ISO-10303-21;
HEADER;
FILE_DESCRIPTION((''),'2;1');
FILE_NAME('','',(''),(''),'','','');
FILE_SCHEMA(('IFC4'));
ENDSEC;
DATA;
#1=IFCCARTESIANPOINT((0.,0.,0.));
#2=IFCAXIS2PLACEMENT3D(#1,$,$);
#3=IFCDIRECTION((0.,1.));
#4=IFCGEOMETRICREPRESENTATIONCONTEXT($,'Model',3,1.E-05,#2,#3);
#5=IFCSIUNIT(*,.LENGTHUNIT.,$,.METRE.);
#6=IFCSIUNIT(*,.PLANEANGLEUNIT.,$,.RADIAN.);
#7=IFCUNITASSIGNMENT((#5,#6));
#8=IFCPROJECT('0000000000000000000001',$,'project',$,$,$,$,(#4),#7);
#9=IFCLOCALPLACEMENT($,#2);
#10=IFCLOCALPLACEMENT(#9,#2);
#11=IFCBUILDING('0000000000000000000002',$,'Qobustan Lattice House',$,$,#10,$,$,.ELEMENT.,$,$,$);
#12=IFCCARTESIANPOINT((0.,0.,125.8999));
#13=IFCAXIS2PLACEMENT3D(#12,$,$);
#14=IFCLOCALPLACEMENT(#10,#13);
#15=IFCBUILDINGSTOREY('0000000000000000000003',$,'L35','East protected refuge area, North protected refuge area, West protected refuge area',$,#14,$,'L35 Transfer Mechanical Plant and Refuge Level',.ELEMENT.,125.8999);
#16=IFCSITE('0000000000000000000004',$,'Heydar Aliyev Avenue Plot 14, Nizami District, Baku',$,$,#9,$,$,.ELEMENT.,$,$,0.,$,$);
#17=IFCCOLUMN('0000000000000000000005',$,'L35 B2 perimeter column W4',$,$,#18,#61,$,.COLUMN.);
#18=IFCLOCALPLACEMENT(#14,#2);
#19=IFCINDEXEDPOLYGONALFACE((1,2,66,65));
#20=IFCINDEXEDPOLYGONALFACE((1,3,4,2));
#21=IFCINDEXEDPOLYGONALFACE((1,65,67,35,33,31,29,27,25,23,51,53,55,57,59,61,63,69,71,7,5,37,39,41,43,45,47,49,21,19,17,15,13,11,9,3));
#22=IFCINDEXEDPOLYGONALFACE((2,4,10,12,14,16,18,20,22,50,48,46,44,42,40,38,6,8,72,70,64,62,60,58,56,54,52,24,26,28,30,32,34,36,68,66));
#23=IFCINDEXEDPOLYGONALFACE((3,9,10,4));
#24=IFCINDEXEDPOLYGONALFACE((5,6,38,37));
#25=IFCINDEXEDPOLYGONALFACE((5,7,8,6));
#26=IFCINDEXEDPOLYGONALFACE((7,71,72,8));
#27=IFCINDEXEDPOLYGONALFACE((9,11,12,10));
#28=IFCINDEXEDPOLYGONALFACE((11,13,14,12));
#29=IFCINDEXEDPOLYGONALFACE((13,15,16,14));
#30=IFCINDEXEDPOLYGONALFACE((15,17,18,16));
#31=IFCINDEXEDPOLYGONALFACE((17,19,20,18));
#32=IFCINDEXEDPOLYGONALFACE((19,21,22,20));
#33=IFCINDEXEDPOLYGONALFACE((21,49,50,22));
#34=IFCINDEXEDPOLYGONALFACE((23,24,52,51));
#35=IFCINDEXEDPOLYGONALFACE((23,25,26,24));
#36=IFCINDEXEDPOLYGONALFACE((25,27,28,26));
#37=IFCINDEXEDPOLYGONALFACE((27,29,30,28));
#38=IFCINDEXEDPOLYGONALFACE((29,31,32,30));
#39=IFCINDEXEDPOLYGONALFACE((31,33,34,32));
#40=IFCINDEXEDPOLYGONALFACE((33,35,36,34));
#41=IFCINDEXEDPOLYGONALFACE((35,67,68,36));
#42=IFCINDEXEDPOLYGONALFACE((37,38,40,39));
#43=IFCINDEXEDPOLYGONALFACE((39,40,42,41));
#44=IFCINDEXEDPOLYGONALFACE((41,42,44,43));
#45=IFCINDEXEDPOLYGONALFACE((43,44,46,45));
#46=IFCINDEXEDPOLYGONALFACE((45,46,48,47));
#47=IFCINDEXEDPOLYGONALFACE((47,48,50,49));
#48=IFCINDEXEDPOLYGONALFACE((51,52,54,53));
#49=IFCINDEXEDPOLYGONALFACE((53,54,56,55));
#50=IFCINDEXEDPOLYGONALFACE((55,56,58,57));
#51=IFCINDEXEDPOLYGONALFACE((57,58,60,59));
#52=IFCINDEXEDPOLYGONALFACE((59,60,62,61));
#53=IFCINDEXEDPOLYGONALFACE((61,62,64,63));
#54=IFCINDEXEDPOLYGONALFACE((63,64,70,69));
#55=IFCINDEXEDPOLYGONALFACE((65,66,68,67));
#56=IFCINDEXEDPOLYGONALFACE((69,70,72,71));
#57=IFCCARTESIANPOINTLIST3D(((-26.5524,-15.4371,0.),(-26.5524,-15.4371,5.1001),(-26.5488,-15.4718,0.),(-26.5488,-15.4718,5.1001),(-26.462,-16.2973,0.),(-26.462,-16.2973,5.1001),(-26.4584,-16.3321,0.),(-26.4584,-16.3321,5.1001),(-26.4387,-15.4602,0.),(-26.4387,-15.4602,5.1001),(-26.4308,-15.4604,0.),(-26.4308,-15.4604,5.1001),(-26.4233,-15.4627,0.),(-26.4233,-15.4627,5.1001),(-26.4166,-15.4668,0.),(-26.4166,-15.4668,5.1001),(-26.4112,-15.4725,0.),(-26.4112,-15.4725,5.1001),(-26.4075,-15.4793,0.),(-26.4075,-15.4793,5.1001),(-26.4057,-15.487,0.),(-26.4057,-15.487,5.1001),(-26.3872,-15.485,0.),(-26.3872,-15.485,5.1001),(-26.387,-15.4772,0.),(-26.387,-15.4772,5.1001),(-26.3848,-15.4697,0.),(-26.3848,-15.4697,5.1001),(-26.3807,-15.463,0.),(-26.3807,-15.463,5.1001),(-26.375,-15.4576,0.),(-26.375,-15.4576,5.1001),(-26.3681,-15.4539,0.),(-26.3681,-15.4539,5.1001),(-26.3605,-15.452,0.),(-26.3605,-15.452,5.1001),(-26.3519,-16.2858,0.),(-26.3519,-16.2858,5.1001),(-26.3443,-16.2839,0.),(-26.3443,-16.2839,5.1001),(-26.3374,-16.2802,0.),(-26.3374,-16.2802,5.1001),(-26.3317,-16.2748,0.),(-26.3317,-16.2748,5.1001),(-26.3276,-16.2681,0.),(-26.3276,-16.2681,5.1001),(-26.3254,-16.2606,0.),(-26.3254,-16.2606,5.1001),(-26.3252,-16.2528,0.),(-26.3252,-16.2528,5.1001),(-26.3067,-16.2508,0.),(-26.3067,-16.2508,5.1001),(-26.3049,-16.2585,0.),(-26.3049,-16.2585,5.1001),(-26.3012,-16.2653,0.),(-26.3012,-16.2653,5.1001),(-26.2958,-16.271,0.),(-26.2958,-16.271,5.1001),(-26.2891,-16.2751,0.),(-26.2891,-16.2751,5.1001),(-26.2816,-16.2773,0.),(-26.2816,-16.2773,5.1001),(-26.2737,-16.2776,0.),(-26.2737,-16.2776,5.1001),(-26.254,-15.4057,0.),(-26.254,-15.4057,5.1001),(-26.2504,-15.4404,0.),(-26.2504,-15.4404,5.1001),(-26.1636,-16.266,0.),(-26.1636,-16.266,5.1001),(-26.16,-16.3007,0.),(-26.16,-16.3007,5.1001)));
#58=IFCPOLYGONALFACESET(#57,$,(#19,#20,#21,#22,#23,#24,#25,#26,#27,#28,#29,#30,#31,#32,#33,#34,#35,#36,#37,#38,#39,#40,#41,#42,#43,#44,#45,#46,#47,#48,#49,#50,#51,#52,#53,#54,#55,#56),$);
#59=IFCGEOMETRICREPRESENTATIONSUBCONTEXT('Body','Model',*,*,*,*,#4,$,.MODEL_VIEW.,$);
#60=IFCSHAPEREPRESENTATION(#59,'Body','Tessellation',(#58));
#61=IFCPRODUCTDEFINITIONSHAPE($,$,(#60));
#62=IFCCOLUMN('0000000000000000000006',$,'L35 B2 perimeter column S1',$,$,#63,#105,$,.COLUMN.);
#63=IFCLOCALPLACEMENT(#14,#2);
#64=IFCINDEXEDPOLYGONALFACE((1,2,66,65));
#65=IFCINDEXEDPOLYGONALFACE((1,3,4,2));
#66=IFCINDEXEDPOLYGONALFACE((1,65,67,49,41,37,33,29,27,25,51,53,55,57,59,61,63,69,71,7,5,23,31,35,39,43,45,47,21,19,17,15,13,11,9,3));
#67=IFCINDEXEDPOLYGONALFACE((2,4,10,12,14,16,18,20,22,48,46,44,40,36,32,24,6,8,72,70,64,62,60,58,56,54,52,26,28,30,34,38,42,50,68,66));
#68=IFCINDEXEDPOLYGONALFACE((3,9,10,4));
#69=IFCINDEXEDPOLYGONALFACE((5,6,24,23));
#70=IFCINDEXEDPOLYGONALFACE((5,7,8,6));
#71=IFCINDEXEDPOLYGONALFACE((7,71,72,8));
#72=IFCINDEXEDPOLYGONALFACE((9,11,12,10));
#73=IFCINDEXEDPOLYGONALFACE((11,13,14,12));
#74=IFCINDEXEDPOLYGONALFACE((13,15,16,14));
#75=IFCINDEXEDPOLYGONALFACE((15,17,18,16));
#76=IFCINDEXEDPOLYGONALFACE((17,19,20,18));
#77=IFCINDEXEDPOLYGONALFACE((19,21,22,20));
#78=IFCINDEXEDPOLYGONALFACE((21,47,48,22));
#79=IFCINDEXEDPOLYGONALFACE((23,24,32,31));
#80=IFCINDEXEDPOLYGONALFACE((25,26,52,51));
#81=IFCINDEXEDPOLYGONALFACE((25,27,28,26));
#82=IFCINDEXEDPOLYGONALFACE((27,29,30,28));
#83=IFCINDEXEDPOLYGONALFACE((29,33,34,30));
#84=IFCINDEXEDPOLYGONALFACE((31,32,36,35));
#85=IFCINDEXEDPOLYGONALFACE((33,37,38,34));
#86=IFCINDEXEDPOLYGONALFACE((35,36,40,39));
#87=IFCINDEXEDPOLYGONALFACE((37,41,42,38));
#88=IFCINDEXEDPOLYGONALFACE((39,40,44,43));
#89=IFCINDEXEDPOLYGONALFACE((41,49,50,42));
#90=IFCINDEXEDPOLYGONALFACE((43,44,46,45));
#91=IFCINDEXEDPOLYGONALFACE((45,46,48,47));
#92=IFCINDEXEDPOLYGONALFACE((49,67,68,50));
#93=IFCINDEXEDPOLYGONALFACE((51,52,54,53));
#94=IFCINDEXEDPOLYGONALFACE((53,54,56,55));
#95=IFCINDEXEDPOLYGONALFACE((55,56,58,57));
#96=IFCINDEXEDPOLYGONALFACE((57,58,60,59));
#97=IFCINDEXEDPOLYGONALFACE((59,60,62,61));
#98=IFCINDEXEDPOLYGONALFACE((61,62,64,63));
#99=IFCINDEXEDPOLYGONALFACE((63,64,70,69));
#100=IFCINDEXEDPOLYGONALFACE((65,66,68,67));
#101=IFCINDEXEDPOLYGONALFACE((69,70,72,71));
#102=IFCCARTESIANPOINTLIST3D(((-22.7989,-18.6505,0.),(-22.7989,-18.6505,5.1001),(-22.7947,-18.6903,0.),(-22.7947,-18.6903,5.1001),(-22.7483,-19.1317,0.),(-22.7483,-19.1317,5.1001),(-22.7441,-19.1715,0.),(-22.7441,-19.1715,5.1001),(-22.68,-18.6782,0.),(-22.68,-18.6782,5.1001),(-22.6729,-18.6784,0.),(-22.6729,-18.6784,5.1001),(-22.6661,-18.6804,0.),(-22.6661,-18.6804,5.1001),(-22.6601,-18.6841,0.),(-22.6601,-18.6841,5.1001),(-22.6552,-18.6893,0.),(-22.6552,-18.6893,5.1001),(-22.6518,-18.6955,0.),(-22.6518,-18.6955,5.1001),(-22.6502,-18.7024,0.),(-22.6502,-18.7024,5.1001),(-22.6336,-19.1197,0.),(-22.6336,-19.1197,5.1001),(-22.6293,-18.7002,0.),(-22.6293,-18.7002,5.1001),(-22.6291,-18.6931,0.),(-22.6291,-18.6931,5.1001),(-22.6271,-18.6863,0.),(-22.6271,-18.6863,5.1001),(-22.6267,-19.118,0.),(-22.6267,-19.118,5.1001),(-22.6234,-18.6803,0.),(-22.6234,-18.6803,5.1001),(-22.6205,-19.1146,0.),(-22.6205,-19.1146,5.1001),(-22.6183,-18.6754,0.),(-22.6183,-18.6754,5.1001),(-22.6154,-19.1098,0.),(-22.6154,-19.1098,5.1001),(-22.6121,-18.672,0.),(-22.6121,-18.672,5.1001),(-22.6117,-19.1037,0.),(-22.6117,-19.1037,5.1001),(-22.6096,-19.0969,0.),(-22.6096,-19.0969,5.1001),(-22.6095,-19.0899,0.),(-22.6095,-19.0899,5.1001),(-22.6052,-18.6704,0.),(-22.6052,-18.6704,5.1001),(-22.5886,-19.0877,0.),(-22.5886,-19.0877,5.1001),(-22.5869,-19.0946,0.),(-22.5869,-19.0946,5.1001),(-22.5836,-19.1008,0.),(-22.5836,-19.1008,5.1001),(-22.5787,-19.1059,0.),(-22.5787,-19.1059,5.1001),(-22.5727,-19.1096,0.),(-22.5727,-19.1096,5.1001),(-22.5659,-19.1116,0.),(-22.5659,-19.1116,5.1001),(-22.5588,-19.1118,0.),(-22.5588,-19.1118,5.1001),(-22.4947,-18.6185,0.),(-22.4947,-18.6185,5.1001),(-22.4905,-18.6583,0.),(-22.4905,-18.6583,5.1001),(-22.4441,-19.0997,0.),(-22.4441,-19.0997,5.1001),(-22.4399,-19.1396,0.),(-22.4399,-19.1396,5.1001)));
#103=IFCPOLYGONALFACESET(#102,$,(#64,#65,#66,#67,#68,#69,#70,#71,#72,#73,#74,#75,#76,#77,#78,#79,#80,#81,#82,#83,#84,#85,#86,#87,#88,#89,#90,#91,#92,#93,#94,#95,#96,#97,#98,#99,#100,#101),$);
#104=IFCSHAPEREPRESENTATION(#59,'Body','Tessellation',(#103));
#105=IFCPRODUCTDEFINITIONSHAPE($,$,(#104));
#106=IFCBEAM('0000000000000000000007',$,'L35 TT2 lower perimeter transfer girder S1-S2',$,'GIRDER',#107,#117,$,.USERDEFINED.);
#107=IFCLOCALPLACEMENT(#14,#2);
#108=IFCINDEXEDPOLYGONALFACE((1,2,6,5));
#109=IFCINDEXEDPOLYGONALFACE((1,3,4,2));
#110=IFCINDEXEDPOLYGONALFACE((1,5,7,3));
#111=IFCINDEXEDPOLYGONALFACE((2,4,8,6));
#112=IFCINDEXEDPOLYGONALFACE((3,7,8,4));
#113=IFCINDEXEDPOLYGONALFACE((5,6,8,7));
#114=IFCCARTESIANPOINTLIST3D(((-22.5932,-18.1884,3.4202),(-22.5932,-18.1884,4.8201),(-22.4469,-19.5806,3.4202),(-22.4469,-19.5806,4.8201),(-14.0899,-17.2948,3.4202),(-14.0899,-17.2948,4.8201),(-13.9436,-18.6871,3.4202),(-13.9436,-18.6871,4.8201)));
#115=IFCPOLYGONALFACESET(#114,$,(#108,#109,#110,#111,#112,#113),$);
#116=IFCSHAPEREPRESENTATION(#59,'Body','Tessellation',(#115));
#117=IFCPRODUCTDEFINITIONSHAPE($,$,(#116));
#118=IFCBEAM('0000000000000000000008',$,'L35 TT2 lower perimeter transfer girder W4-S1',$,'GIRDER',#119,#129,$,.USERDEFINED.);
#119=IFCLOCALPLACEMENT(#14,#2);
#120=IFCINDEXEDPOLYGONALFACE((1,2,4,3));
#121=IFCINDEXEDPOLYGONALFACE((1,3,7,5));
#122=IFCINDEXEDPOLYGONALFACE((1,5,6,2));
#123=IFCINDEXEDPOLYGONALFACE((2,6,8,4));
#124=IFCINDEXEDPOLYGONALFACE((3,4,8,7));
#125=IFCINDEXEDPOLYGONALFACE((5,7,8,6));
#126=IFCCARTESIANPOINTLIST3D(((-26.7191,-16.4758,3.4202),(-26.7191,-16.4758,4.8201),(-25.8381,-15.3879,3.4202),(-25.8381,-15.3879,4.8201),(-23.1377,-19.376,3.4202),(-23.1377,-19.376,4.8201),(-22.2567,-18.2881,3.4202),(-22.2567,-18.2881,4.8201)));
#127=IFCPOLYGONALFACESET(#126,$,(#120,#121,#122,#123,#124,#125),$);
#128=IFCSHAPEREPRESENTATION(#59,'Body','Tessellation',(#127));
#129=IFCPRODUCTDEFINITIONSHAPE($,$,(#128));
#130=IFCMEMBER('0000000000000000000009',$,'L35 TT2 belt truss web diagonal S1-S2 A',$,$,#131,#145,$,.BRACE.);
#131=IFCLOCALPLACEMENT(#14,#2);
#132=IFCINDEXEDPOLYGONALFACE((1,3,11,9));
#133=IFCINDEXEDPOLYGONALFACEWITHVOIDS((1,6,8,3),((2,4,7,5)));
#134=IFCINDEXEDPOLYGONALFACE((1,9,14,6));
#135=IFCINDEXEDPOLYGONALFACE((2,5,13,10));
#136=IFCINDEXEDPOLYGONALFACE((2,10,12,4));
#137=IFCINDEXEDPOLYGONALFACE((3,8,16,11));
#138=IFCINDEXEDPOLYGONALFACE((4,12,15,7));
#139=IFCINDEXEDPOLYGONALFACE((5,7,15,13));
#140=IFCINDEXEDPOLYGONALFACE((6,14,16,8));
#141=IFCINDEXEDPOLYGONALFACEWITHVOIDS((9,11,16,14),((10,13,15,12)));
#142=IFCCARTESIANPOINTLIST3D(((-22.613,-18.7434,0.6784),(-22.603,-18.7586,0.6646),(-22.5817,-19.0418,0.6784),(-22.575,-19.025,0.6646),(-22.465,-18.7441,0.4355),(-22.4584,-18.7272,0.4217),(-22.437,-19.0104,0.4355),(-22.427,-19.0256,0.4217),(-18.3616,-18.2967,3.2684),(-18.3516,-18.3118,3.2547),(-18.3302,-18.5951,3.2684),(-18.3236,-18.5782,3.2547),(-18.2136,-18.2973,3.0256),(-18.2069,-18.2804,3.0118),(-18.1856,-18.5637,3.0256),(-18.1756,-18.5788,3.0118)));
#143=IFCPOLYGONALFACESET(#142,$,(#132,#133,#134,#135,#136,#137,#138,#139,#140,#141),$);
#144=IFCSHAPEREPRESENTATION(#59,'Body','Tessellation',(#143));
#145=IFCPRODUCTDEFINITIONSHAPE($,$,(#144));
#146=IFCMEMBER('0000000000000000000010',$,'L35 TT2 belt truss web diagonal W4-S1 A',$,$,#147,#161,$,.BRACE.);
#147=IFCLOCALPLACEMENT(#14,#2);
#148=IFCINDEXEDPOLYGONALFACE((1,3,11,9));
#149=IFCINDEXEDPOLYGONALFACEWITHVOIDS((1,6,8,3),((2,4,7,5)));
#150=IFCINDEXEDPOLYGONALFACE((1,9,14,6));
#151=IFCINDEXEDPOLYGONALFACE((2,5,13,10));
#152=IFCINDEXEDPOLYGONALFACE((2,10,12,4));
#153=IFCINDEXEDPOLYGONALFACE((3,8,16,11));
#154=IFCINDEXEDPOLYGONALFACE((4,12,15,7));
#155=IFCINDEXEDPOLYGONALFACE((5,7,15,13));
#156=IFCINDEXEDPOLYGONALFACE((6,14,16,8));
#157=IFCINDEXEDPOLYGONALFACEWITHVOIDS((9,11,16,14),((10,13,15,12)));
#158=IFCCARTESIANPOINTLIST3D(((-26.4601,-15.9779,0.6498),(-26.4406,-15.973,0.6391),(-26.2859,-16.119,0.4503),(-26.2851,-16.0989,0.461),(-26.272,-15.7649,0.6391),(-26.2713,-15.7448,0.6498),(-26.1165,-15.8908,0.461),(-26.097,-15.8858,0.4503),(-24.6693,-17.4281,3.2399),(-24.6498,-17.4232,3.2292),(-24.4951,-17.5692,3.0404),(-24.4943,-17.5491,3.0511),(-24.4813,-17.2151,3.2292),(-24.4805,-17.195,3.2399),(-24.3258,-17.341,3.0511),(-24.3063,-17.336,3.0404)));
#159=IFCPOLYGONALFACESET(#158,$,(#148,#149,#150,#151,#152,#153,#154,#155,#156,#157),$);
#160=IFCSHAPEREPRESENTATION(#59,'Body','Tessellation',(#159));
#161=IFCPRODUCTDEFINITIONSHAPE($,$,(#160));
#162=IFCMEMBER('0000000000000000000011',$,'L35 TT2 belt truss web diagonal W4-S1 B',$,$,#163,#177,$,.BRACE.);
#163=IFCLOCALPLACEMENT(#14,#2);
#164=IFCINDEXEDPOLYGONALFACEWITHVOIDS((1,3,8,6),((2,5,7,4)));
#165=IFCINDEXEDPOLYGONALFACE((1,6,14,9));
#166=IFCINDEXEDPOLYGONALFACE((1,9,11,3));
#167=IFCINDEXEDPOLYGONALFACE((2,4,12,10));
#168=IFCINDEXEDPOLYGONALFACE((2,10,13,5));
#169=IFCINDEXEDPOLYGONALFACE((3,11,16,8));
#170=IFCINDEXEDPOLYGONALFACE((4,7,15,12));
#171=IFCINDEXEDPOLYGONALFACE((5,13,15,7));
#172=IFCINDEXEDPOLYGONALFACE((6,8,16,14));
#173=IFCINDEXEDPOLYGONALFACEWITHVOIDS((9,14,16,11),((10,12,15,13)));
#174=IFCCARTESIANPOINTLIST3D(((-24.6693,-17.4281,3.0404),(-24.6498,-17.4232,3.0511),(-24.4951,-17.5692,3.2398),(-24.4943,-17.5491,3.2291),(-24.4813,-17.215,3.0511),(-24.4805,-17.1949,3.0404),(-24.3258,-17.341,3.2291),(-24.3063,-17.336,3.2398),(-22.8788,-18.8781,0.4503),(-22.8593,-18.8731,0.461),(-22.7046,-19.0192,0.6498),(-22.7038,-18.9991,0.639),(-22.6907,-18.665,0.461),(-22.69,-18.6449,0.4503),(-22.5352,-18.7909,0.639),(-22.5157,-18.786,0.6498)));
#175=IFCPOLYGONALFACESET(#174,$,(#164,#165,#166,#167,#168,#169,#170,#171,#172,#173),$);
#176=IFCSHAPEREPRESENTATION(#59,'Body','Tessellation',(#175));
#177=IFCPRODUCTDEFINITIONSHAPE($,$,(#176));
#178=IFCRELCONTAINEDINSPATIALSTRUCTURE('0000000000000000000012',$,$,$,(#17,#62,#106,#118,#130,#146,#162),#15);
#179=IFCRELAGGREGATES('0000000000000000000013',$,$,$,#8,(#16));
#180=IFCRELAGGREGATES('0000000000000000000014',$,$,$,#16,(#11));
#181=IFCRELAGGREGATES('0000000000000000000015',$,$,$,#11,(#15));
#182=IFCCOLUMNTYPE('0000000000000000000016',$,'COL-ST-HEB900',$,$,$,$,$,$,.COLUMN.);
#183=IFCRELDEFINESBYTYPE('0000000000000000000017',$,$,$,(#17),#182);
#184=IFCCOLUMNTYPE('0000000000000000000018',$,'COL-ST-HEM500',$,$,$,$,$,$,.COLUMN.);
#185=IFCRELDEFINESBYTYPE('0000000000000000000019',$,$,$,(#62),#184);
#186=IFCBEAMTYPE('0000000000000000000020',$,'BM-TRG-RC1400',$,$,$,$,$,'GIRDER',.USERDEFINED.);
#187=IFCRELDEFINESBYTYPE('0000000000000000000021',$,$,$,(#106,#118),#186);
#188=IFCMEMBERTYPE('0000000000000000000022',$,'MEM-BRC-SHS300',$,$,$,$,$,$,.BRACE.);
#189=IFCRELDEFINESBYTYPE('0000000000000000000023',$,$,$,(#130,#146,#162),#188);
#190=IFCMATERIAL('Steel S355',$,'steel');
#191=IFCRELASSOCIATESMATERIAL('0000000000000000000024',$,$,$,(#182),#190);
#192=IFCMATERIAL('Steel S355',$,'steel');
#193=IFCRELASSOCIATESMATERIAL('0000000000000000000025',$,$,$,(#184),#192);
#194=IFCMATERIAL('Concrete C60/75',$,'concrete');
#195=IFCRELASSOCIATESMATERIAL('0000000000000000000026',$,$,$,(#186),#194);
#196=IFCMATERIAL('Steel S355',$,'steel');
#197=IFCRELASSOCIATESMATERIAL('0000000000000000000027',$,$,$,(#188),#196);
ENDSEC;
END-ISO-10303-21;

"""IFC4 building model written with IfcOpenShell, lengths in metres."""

from ifc_helpers import new_model, si_unit, direction, frame, origin, origin_2d, place, context, subcontext, project, spatial, rectangle, hollow_rectangle, i_section, extrude, material, material_profile, profile_set, type_object, element, save


model = new_model("IFC4")

# Units and contexts
model_context = context("Model", 3, precision=1e-05, world=origin(), true_north=direction((0.0, 1.0)))
body_context = subcontext(model_context, "Body", "Model", "MODEL_VIEW")
ifc_project = project(units=[si_unit("LENGTHUNIT", "METRE"), si_unit("PLANEANGLEUNIT", "RADIAN")], contexts=[model_context])

# Site, building, storey
site_placement = place(None, origin())
site = spatial("IfcSite", under=ifc_project, at=site_placement, Name="Heydar Aliyev Avenue Plot 14, Nizami District, Baku", CompositionType="ELEMENT", RefElevation=0.0)
building_placement = place(site_placement, origin())
building = spatial("IfcBuilding", under=site, at=building_placement, Name="Qobustan Lattice House", CompositionType="ELEMENT")
storey_placement = place(building_placement, frame((0.0, 0.0, 125.8999)))
storey = spatial("IfcBuildingStorey", under=building, at=storey_placement, Name="L35", Description="East protected refuge area, North protected refuge area, West protected refuge area", LongName="L35 Transfer Mechanical Plant and Refuge Level", CompositionType="ELEMENT", Elevation=125.8999)

# Columns
ifc_material_1 = material(Name="Steel S355", Category="steel")
ifc_material_profile_1 = material_profile(ifc_material_1, i_section(OverallWidth=0.3, OverallDepth=0.8999, WebThickness=0.0186, FlangeThickness=0.0349, FilletRadius=0.03, at=origin_2d()), Name="HEB900")
ifc_profile_set_1 = profile_set([ifc_material_profile_1], Name="Steel S355")
column_type_1 = type_object("IfcColumnType", Name="COL-ST-HEB900", PredefinedType="COLUMN", material=ifc_profile_set_1)
column_1_placement = place(storey_placement, frame((-26.3562, -15.8689, 0.0), z_axis=(0.0, 0.0, 1.0), x_axis=(0.994522, 0.104528, 0.0)))
element("IfcColumn", 1, at=column_1_placement, inside=storey, type_object=column_type_1, Name="L35 B2 perimeter column W4", PredefinedType="COLUMN", context=body_context, shape_type="SweptSolid", body=[
    extrude(i_section(OverallWidth=0.3, OverallDepth=0.8999, WebThickness=0.0186, FlangeThickness=0.0349, FilletRadius=0.03, at=origin_2d()), origin(), (0.0, 0.0, 1.0), 5.1001),
])
ifc_material_2 = material(Name="Steel S355", Category="steel")
ifc_material_profile_2 = material_profile(ifc_material_2, i_section(OverallWidth=0.3059, OverallDepth=0.5239, WebThickness=0.021, FlangeThickness=0.04, FilletRadius=0.0271, at=origin_2d()), Name="HEM500")
ifc_profile_set_2 = profile_set([ifc_material_profile_2], Name="Steel S355")
column_type_2 = type_object("IfcColumnType", Name="COL-ST-HEM500", PredefinedType="COLUMN", material=ifc_profile_set_2)
column_2_placement = place(storey_placement, frame((-22.6194, -18.895, 0.0), z_axis=(0.0, 0.0, 1.0), x_axis=(0.994522, 0.104528, 0.0)))
element("IfcColumn", 2, at=column_2_placement, inside=storey, type_object=column_type_2, Name="L35 B2 perimeter column S1", PredefinedType="COLUMN", context=body_context, shape_type="SweptSolid", body=[
    extrude(i_section(OverallWidth=0.3059, OverallDepth=0.5239, WebThickness=0.021, FlangeThickness=0.04, FilletRadius=0.0271, at=origin_2d()), origin(), (0.0, 0.0, 1.0), 5.1001),
])

# Beams
ifc_material_3 = material(Name="Concrete C60/75", Category="concrete")
ifc_material_profile_3 = material_profile(ifc_material_3, rectangle(XDim=1.3999, YDim=1.3999, at=origin_2d()), Name="RC1400x1400")
ifc_profile_set_3 = profile_set([ifc_material_profile_3], Name="Concrete C60/75")
beam_type = type_object("IfcBeamType", Name="BM-TRG-RC1400", ElementType="GIRDER", PredefinedType="USERDEFINED", material=ifc_profile_set_3)
beam_1_placement = place(storey_placement, frame((-22.52, -18.8845, 4.1201), z_axis=(0.994524, 0.104509, 0.0), x_axis=(-0.104509, 0.994524, 0.0)))
element("IfcBeam", 3, at=beam_1_placement, inside=storey, type_object=beam_type, Name="L35 TT2 lower perimeter transfer girder S1-S2", ObjectType="GIRDER", PredefinedType="USERDEFINED", context=body_context, shape_type="SweptSolid", body=[
    extrude(rectangle(XDim=1.3999, YDim=1.3999, at=origin_2d()), origin(), (0.0, 0.0, 1.0), 8.55),
])
beam_2_placement = place(storey_placement, frame((-26.2786, -15.9319, 4.1201), z_axis=(0.777139, -0.629329, 0.0), x_axis=(0.629329, 0.777139, 0.0)))
element("IfcBeam", 4, at=beam_2_placement, inside=storey, type_object=beam_type, Name="L35 TT2 lower perimeter transfer girder W4-S1", ObjectType="GIRDER", PredefinedType="USERDEFINED", context=body_context, shape_type="SweptSolid", body=[
    extrude(rectangle(XDim=1.3999, YDim=1.3999, at=origin_2d()), origin(), (0.0, 0.0, 1.0), 4.6084),
])

# Members
ifc_material_4 = material(Name="Steel S355", Category="steel")
ifc_material_profile_4 = material_profile(ifc_material_4, hollow_rectangle(XDim=0.3, YDim=0.3, WallThickness=0.0161, at=origin_2d()), Name="SHS300x300x16")
ifc_profile_set_4 = profile_set([ifc_material_profile_4], Name="Steel S355")
member_type_1 = type_object("IfcMemberType", Name="MEM-BRC-SHS300", PredefinedType="BRACE", material=ifc_profile_set_4)
member_1_placement = place(storey_placement, frame((-22.52, -18.8845, 0.55), z_axis=(0.85058, 0.089386, 0.518193), x_axis=(-0.104512, 0.994524, 0.0)))
element("IfcMember", 5, at=member_1_placement, inside=storey, type_object=member_type_1, Name="L35 TT2 belt truss web diagonal S1-S2 A", PredefinedType="BRACE", context=body_context, shape_type="SweptSolid", body=[
    extrude(hollow_rectangle(XDim=0.3, YDim=0.3, WallThickness=0.0161, at=origin_2d()), origin(), (0.0, 0.0, 1.0), 4.9983),
])
member_2_placement = place(storey_placement, frame((-26.2786, -15.9319, 0.55), z_axis=(0.516554, -0.418313, 0.747119), x_axis=(0.629335, 0.777134, 0.0)))
element("IfcMember", 6, at=member_2_placement, inside=storey, type_object=member_type_1, Name="L35 TT2 belt truss web diagonal W4-S1 A", PredefinedType="BRACE", context=body_context, shape_type="SweptSolid", body=[
    extrude(hollow_rectangle(XDim=0.3, YDim=0.3, WallThickness=0.0161, at=origin_2d()), origin(), (0.0, 0.0, 1.0), 3.4668),
])
member_3_placement = place(storey_placement, frame((-24.4878, -17.3821, 3.1401), z_axis=(0.516517, -0.41827, -0.747168), x_axis=(0.629323, 0.777144, 0.0)))
element("IfcMember", 7, at=member_3_placement, inside=storey, type_object=member_type_1, Name="L35 TT2 belt truss web diagonal W4-S1 B", PredefinedType="BRACE", context=body_context, shape_type="SweptSolid", body=[
    extrude(hollow_rectangle(XDim=0.3, YDim=0.3, WallThickness=0.0161, at=origin_2d()), origin(), (0.0, 0.0, 1.0), 3.4666),
])

save(model, "model.ifc")
